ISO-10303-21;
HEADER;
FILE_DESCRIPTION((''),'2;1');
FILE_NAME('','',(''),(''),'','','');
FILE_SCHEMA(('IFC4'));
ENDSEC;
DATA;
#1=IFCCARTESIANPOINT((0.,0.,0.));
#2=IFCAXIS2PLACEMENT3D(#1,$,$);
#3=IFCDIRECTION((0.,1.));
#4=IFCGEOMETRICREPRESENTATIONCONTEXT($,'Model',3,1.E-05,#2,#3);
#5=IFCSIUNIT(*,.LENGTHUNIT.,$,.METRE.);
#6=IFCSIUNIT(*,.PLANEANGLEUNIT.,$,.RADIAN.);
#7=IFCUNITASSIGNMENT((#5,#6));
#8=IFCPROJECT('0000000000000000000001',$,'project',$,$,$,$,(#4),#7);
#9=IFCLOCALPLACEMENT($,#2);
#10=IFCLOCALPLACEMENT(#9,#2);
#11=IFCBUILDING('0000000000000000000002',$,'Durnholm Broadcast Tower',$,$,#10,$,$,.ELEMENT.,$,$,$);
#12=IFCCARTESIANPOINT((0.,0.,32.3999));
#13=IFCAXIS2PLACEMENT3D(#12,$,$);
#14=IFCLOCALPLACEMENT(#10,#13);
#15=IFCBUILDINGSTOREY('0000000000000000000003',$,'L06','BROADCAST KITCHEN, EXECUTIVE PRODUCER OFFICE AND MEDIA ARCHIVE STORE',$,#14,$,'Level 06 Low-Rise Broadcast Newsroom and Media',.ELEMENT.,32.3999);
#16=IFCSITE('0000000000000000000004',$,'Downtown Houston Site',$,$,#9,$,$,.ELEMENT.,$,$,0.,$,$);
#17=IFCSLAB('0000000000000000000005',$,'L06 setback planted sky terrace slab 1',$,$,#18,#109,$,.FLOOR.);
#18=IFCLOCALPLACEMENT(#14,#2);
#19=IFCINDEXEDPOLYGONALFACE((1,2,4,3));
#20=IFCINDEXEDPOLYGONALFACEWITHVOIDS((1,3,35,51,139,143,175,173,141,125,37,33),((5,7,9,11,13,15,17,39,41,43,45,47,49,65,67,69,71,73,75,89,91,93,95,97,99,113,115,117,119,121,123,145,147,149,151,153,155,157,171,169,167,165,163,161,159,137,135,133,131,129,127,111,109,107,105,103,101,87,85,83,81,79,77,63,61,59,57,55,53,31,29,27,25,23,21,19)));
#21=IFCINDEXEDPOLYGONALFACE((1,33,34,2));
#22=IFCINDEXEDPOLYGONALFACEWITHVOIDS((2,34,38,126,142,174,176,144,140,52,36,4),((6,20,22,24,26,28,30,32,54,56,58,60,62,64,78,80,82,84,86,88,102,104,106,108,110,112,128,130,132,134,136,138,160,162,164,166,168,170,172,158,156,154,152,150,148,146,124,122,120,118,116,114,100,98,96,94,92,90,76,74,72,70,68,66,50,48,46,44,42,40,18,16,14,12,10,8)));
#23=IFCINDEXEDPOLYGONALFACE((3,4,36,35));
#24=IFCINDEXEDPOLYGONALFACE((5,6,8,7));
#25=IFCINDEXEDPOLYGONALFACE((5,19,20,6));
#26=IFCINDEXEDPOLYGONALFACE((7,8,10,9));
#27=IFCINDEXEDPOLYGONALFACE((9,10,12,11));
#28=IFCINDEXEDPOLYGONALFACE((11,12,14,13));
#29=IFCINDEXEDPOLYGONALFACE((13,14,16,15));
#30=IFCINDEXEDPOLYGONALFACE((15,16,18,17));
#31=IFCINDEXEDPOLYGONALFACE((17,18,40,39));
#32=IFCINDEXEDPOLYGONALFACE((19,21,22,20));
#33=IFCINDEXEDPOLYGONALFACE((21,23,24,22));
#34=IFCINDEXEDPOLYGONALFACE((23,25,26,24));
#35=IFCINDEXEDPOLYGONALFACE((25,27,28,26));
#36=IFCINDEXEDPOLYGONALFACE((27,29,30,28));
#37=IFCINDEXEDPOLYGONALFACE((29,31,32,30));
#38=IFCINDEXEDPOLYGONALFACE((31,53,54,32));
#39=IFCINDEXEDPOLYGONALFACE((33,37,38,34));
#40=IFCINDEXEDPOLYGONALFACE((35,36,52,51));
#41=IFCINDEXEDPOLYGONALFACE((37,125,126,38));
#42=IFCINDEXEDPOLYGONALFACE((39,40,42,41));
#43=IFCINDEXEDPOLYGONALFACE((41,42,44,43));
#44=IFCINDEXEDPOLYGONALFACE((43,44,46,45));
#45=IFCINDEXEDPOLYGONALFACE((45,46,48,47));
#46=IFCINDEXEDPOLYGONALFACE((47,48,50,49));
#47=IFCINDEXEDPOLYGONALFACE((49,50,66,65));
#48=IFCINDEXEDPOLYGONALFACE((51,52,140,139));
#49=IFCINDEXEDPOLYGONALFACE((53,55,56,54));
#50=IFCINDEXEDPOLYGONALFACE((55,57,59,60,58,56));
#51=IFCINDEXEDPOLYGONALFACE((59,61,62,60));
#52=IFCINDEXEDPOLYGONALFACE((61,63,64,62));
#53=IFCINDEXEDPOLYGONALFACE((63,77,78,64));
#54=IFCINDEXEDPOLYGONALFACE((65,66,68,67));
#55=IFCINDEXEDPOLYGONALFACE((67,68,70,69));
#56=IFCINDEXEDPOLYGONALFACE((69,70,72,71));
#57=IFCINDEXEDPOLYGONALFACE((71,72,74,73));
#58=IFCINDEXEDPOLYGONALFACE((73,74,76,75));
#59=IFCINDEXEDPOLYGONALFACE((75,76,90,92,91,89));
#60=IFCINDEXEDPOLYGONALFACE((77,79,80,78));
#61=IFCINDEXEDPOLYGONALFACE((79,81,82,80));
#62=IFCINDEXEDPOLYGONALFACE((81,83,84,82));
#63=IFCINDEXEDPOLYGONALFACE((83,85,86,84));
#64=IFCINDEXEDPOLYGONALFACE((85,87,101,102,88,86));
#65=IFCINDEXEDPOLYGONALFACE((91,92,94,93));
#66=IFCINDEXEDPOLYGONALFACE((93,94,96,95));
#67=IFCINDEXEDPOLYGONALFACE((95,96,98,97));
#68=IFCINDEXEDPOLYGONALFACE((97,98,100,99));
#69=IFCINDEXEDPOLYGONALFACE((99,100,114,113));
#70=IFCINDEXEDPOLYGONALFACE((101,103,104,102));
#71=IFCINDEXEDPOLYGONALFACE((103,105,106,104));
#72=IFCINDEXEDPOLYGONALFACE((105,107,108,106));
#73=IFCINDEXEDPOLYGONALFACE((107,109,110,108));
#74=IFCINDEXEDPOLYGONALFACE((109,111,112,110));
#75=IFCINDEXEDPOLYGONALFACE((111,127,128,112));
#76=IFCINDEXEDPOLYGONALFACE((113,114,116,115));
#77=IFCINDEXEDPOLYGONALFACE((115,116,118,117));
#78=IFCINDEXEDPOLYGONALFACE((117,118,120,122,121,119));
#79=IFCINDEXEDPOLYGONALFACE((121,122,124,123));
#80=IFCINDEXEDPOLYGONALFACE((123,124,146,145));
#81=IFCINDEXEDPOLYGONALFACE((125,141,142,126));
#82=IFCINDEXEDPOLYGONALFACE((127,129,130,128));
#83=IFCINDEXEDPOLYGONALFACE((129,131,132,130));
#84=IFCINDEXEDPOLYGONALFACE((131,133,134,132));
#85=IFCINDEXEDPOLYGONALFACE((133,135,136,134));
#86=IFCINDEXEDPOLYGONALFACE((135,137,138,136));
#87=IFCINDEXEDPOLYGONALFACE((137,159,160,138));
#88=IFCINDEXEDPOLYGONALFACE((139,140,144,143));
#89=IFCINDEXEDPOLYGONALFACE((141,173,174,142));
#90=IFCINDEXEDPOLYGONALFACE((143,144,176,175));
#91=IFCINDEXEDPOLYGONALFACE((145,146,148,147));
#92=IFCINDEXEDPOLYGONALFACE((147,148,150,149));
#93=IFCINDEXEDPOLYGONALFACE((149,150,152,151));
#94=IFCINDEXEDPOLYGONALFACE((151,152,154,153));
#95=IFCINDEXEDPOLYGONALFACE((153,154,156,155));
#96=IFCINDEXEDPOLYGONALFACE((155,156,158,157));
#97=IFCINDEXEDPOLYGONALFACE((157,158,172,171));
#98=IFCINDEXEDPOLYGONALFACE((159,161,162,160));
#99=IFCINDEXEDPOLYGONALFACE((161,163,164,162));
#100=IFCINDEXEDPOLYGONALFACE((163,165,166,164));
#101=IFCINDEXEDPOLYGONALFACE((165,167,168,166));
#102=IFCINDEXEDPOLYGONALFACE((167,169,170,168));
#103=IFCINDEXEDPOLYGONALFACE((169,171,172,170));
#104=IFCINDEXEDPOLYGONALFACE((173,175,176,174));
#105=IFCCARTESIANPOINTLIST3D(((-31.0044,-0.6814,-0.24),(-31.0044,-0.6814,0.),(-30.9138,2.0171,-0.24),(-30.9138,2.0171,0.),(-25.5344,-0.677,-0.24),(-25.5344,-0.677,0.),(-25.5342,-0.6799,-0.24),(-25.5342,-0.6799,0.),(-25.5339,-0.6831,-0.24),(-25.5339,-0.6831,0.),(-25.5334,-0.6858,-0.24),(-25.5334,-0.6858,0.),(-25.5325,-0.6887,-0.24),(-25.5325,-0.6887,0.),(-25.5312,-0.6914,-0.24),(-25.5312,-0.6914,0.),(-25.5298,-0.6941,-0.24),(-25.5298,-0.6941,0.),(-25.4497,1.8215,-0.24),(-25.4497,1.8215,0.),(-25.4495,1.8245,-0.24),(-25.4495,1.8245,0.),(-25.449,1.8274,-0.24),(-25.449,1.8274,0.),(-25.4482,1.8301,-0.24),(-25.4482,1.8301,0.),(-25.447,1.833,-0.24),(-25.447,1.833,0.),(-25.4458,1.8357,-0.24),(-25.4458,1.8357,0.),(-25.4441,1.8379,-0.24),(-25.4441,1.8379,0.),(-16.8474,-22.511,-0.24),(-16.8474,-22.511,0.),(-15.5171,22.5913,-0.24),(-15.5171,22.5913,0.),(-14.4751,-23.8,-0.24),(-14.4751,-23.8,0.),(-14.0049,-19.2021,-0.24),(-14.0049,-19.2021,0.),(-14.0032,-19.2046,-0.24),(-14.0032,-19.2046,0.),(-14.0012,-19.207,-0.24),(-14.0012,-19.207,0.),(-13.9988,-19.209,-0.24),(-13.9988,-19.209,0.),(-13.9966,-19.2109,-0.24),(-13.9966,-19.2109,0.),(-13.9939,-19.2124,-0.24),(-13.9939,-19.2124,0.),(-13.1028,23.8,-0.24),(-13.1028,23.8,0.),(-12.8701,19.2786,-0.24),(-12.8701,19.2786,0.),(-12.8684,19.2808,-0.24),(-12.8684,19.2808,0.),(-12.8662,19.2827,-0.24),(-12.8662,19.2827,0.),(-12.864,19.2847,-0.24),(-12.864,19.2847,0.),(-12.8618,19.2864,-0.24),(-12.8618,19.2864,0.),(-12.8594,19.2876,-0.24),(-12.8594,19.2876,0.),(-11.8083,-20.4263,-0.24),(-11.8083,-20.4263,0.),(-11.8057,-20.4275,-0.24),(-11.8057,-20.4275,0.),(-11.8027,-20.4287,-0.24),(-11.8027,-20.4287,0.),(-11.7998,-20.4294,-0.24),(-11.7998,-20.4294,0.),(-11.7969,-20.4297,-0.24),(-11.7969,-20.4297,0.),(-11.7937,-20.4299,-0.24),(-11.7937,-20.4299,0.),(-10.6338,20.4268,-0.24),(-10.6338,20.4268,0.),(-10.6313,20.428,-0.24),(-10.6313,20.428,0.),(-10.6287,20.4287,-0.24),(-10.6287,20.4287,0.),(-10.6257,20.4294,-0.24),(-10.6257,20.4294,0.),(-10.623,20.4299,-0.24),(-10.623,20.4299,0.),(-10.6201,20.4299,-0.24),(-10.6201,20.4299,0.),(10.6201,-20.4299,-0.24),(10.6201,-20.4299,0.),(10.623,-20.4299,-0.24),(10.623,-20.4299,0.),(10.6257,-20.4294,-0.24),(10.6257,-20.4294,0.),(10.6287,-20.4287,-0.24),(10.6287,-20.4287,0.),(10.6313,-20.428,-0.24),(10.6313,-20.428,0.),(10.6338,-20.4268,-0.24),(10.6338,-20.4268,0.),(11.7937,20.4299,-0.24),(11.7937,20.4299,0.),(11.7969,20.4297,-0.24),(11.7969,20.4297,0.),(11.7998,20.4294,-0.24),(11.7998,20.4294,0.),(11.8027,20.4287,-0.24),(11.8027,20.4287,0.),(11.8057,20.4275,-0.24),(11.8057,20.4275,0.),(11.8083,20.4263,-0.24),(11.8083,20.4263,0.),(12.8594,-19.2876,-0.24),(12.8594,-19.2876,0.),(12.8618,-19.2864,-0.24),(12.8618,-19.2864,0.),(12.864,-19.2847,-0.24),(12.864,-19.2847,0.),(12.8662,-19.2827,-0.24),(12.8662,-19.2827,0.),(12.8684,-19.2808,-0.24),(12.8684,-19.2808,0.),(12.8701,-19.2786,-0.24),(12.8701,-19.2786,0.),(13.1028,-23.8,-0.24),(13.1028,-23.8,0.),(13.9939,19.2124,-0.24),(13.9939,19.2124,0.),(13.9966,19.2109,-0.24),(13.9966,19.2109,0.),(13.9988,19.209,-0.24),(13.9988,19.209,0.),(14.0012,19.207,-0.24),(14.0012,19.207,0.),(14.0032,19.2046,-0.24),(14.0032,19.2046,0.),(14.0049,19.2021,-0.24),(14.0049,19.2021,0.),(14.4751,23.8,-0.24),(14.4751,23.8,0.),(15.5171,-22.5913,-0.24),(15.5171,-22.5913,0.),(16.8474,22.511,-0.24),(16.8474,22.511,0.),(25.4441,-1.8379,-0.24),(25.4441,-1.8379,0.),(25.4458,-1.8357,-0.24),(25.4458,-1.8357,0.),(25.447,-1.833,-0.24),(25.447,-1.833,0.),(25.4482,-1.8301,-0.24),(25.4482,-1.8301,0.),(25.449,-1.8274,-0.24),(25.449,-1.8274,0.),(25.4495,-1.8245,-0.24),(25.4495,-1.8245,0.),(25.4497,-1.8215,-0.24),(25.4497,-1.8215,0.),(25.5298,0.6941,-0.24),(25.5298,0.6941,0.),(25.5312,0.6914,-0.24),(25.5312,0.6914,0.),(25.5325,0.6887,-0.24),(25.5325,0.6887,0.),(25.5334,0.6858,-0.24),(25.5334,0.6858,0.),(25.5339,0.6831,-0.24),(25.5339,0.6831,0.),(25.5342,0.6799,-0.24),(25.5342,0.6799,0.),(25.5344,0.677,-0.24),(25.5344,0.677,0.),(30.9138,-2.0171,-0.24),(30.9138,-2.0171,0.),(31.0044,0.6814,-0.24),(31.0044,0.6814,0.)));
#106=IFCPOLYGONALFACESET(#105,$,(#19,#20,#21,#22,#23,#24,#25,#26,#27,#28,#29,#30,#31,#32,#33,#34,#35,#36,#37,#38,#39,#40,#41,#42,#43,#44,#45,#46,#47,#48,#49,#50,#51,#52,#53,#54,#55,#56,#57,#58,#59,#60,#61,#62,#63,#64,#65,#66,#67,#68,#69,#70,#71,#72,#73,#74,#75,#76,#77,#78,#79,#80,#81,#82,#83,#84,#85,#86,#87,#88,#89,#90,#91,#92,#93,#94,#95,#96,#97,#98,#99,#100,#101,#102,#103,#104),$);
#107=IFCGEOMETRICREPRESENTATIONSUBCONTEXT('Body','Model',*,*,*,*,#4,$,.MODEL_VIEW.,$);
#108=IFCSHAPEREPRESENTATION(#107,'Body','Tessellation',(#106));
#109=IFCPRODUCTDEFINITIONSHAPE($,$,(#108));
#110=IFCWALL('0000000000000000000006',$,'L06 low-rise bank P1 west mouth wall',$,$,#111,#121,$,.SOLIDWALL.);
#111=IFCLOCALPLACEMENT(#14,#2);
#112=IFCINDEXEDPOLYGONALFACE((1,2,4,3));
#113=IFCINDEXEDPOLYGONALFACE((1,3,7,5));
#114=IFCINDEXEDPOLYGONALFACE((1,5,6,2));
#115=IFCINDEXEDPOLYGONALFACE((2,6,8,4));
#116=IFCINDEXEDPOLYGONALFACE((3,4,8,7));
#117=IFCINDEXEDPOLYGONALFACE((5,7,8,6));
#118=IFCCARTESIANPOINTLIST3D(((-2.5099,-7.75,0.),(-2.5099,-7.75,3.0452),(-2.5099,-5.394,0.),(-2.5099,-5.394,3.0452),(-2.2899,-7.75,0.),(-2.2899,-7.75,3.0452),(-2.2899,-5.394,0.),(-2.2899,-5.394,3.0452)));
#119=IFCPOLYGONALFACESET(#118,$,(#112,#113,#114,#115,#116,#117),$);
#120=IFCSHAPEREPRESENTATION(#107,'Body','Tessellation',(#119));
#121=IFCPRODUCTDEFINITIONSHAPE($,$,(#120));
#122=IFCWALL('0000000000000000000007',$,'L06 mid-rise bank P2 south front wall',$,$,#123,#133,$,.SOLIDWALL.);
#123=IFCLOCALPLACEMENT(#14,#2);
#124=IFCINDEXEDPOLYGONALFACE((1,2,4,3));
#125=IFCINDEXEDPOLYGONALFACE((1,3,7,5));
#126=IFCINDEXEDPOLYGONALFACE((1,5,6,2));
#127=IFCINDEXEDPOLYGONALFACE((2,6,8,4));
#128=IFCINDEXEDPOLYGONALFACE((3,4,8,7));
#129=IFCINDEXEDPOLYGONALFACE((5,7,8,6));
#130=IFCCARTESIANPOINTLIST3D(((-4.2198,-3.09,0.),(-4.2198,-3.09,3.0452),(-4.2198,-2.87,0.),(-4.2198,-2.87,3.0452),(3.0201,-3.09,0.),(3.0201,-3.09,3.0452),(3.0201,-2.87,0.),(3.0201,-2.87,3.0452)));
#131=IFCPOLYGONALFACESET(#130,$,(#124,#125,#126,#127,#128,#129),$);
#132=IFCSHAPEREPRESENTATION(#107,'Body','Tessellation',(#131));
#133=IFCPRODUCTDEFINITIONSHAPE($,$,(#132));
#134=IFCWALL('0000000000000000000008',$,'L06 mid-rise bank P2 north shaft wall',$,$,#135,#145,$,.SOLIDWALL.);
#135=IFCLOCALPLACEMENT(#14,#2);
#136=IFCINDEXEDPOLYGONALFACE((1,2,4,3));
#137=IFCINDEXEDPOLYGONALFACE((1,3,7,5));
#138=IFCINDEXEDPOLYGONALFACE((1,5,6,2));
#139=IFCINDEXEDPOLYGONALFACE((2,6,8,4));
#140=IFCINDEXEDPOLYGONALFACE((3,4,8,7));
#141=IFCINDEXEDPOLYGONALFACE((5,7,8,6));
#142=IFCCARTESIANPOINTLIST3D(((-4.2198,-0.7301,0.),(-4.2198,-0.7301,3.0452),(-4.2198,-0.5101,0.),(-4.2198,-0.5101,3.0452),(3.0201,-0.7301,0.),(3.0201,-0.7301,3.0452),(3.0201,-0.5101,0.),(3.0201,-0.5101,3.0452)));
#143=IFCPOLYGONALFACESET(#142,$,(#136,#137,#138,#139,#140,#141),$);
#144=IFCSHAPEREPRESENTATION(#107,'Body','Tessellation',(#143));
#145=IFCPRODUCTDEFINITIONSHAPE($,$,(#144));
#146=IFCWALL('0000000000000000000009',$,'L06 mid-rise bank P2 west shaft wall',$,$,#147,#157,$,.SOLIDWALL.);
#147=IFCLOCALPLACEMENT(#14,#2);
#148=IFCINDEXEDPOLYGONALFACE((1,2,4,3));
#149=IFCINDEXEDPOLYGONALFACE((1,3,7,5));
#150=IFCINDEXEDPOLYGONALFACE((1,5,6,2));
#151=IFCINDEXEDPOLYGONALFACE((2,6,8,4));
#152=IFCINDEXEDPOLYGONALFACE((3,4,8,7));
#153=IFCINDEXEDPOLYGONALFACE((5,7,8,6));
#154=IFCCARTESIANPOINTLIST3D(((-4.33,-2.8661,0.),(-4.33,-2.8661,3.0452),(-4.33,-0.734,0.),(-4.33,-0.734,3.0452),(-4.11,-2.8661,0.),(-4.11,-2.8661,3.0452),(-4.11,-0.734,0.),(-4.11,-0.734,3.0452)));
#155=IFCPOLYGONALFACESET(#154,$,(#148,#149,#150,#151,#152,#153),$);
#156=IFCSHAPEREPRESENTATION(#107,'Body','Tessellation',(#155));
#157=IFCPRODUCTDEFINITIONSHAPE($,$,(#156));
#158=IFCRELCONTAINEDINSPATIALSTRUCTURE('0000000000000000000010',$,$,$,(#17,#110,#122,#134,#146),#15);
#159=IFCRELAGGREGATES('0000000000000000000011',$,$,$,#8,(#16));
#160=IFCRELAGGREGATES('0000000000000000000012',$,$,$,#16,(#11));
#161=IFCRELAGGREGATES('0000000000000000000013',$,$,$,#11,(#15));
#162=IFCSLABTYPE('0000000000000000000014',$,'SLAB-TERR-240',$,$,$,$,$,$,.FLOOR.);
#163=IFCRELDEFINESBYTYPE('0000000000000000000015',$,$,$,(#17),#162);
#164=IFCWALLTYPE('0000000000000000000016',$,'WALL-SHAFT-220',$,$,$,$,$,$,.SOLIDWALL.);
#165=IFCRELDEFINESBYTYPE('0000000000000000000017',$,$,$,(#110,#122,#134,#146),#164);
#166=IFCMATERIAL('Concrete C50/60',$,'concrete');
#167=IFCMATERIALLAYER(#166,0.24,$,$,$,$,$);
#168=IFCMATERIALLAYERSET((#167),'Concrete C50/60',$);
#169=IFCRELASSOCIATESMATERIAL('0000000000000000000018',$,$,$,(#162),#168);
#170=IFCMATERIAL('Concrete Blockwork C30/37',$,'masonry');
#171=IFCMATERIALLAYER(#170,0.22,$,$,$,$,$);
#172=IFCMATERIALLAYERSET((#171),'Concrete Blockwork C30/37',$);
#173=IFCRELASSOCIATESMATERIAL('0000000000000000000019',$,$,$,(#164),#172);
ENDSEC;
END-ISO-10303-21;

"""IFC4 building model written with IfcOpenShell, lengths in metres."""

from ifc_helpers import new_model, si_unit, direction, frame, frame_2d, origin, place, context, subcontext, project, spatial, polyline, rectangle, outline, extrude, material, layer, layer_set, type_object, element, save


model = new_model("IFC4")

# Units and contexts
model_context = context("Model", 3, precision=1e-05, world=origin(), true_north=direction((0.0, 1.0)))
body_context = subcontext(model_context, "Body", "Model", "MODEL_VIEW")
ifc_project = project(units=[si_unit("LENGTHUNIT", "METRE"), si_unit("PLANEANGLEUNIT", "RADIAN")], contexts=[model_context])

# Site, building, storey
site_placement = place(None, origin())
site = spatial("IfcSite", under=ifc_project, at=site_placement, Name="Downtown Houston Site", CompositionType="ELEMENT", RefElevation=0.0)
building_placement = place(site_placement, origin())
building = spatial("IfcBuilding", under=site, at=building_placement, Name="Durnholm Broadcast Tower", CompositionType="ELEMENT")
storey_placement = place(building_placement, frame((0.0, 0.0, 32.3999)))
storey = spatial("IfcBuildingStorey", under=building, at=storey_placement, Name="L06", Description="BROADCAST KITCHEN, EXECUTIVE PRODUCER OFFICE AND MEDIA ARCHIVE STORE", LongName="Level 06 Low-Rise Broadcast Newsroom and Media", CompositionType="ELEMENT", Elevation=32.3999)

# Slab
ifc_material_1 = material(Name="Concrete C50/60", Category="concrete")
ifc_layer_1 = layer(ifc_material_1, 0.24)
ifc_layer_set_1 = layer_set([ifc_layer_1], Name="Concrete C50/60")
slab_type_1 = type_object("IfcSlabType", Name="SLAB-TERR-240", PredefinedType="FLOOR", material=ifc_layer_set_1)
slab_1_placement = place(storey_placement, frame((0.0, 0.0, -0.24)))
element("IfcSlab", 1, at=slab_1_placement, inside=storey, type_object=slab_type_1, Name="L06 setback planted sky terrace slab 1", PredefinedType="FLOOR", context=body_context, shape_type="SweptSolid", body=[
    extrude(outline(polyline([(-31.0044, -0.6814), (-16.8474, -22.511), (-14.4751, -23.8), (13.1028, -23.8), (15.5171, -22.5913), (30.9138, -2.0171), (31.0044, 0.6814), (16.8474, 22.511), (14.4751, 23.8), (-13.1028, 23.8), (-15.5171, 22.5913), (-30.9138, 2.0171), (-31.0044, -0.6814)]), holes=[polyline([(-14.0012, -19.207), (-13.9988, -19.209), (-13.9966, -19.2109), (-13.9939, -19.2124), (-11.8083, -20.4263), (-11.8057, -20.4275), (-11.8027, -20.4287), (-11.7998, -20.4294), (-11.7969, -20.4297), (-11.7937, -20.4299), (10.6201, -20.4299), (10.623, -20.4299), (10.6257, -20.4294), (10.6287, -20.4287), (10.6313, -20.428), (10.6338, -20.4268), (12.8594, -19.2876), (12.8618, -19.2864), (12.864, -19.2847), (12.8662, -19.2827), (12.8684, -19.2808), (12.8701, -19.2786), (25.4441, -1.8379), (25.4458, -1.8357), (25.447, -1.833), (25.4482, -1.8301), (25.449, -1.8274), (25.4495, -1.8245), (25.4497, -1.8215), (25.5344, 0.677), (25.5342, 0.6799), (25.5339, 0.6831), (25.5334, 0.6858), (25.5325, 0.6887), (25.5312, 0.6914), (25.5298, 0.6941), (14.0049, 19.2021), (14.0032, 19.2046), (14.0012, 19.207), (13.9988, 19.209), (13.9966, 19.2109), (13.9939, 19.2124), (11.8083, 20.4263), (11.8057, 20.4275), (11.8027, 20.4287), (11.7998, 20.4294), (11.7969, 20.4297), (11.7937, 20.4299), (-10.6201, 20.4299), (-10.623, 20.4299), (-10.6257, 20.4294), (-10.6287, 20.4287), (-10.6313, 20.428), (-10.6338, 20.4268), (-12.8594, 19.2876), (-12.8618, 19.2864), (-12.864, 19.2847), (-12.8662, 19.2827), (-12.8684, 19.2808), (-12.8701, 19.2786), (-25.4441, 1.8379), (-25.4458, 1.8357), (-25.447, 1.833), (-25.4482, 1.8301), (-25.449, 1.8274), (-25.4495, 1.8245), (-25.4497, 1.8215), (-25.5344, -0.677), (-25.5342, -0.6799), (-25.5339, -0.6831), (-25.5334, -0.6858), (-25.5325, -0.6887), (-25.5312, -0.6914), (-25.5298, -0.6941), (-14.0049, -19.2021), (-14.0032, -19.2046), (-14.0012, -19.207)])]), origin(), (0.0, 0.0, 1.0), 0.24),
])

# Shared definitions
ifc_material_2 = material(Name="Concrete Blockwork C30/37", Category="masonry")
ifc_layer_2 = layer(ifc_material_2, 0.22)
ifc_layer_set_2 = layer_set([ifc_layer_2], Name="Concrete Blockwork C30/37")
wall_type_1 = type_object("IfcWallType", Name="WALL-SHAFT-220", PredefinedType="SOLIDWALL", material=ifc_layer_set_2)

# Walls
wall_1_placement = place(storey_placement, frame((-2.3999, -7.75, 0.0), z_axis=(0.0, 0.0, 1.0), x_axis=(0.0, 1.0, 0.0)))
element("IfcWall", 2, at=wall_1_placement, inside=storey, type_object=wall_type_1, Name="L06 low-rise bank P1 west mouth wall", PredefinedType="SOLIDWALL", context=body_context, shape_type="SweptSolid", body=[
    extrude(rectangle(XDim=2.356, YDim=0.22, at=frame_2d((1.178, 0.0))), origin(), (0.0, 0.0, 1.0), 3.0452),
])
for number, where, z_axis, x_axis, name in (
    (3, (-4.22, -2.98, 0.0), (0.0, 0.0, 1.0), (1.0, 0.0, 0.0), "L06 mid-rise bank P2 south front wall"),
    (4, (-4.22, -0.6201, 0.0), (0.0, 0.0, 1.0), (1.0, 0.0, 0.0), "L06 mid-rise bank P2 north shaft wall"),
):
    element("IfcWall", number, at=place(storey_placement, frame(where, z_axis=z_axis, x_axis=x_axis)), inside=storey, type_object=wall_type_1, Name=name, PredefinedType="SOLIDWALL", context=body_context, shape_type="SweptSolid", body=[
        extrude(rectangle(XDim=7.24, YDim=0.22, at=frame_2d((3.6201, 0.0))), origin(), (0.0, 0.0, 1.0), 3.0452),
    ])
wall_2_placement = place(storey_placement, frame((-4.22, -2.866, 0.0), z_axis=(0.0, 0.0, 1.0), x_axis=(0.0, 1.0, 0.0)))
element("IfcWall", 5, at=wall_2_placement, inside=storey, type_object=wall_type_1, Name="L06 mid-rise bank P2 west shaft wall", PredefinedType="SOLIDWALL", context=body_context, shape_type="SweptSolid", body=[
    extrude(rectangle(XDim=2.1321, YDim=0.22, at=frame_2d((1.0659, 0.0))), origin(), (0.0, 0.0, 1.0), 3.0452),
])

save(model, "model.ifc")
